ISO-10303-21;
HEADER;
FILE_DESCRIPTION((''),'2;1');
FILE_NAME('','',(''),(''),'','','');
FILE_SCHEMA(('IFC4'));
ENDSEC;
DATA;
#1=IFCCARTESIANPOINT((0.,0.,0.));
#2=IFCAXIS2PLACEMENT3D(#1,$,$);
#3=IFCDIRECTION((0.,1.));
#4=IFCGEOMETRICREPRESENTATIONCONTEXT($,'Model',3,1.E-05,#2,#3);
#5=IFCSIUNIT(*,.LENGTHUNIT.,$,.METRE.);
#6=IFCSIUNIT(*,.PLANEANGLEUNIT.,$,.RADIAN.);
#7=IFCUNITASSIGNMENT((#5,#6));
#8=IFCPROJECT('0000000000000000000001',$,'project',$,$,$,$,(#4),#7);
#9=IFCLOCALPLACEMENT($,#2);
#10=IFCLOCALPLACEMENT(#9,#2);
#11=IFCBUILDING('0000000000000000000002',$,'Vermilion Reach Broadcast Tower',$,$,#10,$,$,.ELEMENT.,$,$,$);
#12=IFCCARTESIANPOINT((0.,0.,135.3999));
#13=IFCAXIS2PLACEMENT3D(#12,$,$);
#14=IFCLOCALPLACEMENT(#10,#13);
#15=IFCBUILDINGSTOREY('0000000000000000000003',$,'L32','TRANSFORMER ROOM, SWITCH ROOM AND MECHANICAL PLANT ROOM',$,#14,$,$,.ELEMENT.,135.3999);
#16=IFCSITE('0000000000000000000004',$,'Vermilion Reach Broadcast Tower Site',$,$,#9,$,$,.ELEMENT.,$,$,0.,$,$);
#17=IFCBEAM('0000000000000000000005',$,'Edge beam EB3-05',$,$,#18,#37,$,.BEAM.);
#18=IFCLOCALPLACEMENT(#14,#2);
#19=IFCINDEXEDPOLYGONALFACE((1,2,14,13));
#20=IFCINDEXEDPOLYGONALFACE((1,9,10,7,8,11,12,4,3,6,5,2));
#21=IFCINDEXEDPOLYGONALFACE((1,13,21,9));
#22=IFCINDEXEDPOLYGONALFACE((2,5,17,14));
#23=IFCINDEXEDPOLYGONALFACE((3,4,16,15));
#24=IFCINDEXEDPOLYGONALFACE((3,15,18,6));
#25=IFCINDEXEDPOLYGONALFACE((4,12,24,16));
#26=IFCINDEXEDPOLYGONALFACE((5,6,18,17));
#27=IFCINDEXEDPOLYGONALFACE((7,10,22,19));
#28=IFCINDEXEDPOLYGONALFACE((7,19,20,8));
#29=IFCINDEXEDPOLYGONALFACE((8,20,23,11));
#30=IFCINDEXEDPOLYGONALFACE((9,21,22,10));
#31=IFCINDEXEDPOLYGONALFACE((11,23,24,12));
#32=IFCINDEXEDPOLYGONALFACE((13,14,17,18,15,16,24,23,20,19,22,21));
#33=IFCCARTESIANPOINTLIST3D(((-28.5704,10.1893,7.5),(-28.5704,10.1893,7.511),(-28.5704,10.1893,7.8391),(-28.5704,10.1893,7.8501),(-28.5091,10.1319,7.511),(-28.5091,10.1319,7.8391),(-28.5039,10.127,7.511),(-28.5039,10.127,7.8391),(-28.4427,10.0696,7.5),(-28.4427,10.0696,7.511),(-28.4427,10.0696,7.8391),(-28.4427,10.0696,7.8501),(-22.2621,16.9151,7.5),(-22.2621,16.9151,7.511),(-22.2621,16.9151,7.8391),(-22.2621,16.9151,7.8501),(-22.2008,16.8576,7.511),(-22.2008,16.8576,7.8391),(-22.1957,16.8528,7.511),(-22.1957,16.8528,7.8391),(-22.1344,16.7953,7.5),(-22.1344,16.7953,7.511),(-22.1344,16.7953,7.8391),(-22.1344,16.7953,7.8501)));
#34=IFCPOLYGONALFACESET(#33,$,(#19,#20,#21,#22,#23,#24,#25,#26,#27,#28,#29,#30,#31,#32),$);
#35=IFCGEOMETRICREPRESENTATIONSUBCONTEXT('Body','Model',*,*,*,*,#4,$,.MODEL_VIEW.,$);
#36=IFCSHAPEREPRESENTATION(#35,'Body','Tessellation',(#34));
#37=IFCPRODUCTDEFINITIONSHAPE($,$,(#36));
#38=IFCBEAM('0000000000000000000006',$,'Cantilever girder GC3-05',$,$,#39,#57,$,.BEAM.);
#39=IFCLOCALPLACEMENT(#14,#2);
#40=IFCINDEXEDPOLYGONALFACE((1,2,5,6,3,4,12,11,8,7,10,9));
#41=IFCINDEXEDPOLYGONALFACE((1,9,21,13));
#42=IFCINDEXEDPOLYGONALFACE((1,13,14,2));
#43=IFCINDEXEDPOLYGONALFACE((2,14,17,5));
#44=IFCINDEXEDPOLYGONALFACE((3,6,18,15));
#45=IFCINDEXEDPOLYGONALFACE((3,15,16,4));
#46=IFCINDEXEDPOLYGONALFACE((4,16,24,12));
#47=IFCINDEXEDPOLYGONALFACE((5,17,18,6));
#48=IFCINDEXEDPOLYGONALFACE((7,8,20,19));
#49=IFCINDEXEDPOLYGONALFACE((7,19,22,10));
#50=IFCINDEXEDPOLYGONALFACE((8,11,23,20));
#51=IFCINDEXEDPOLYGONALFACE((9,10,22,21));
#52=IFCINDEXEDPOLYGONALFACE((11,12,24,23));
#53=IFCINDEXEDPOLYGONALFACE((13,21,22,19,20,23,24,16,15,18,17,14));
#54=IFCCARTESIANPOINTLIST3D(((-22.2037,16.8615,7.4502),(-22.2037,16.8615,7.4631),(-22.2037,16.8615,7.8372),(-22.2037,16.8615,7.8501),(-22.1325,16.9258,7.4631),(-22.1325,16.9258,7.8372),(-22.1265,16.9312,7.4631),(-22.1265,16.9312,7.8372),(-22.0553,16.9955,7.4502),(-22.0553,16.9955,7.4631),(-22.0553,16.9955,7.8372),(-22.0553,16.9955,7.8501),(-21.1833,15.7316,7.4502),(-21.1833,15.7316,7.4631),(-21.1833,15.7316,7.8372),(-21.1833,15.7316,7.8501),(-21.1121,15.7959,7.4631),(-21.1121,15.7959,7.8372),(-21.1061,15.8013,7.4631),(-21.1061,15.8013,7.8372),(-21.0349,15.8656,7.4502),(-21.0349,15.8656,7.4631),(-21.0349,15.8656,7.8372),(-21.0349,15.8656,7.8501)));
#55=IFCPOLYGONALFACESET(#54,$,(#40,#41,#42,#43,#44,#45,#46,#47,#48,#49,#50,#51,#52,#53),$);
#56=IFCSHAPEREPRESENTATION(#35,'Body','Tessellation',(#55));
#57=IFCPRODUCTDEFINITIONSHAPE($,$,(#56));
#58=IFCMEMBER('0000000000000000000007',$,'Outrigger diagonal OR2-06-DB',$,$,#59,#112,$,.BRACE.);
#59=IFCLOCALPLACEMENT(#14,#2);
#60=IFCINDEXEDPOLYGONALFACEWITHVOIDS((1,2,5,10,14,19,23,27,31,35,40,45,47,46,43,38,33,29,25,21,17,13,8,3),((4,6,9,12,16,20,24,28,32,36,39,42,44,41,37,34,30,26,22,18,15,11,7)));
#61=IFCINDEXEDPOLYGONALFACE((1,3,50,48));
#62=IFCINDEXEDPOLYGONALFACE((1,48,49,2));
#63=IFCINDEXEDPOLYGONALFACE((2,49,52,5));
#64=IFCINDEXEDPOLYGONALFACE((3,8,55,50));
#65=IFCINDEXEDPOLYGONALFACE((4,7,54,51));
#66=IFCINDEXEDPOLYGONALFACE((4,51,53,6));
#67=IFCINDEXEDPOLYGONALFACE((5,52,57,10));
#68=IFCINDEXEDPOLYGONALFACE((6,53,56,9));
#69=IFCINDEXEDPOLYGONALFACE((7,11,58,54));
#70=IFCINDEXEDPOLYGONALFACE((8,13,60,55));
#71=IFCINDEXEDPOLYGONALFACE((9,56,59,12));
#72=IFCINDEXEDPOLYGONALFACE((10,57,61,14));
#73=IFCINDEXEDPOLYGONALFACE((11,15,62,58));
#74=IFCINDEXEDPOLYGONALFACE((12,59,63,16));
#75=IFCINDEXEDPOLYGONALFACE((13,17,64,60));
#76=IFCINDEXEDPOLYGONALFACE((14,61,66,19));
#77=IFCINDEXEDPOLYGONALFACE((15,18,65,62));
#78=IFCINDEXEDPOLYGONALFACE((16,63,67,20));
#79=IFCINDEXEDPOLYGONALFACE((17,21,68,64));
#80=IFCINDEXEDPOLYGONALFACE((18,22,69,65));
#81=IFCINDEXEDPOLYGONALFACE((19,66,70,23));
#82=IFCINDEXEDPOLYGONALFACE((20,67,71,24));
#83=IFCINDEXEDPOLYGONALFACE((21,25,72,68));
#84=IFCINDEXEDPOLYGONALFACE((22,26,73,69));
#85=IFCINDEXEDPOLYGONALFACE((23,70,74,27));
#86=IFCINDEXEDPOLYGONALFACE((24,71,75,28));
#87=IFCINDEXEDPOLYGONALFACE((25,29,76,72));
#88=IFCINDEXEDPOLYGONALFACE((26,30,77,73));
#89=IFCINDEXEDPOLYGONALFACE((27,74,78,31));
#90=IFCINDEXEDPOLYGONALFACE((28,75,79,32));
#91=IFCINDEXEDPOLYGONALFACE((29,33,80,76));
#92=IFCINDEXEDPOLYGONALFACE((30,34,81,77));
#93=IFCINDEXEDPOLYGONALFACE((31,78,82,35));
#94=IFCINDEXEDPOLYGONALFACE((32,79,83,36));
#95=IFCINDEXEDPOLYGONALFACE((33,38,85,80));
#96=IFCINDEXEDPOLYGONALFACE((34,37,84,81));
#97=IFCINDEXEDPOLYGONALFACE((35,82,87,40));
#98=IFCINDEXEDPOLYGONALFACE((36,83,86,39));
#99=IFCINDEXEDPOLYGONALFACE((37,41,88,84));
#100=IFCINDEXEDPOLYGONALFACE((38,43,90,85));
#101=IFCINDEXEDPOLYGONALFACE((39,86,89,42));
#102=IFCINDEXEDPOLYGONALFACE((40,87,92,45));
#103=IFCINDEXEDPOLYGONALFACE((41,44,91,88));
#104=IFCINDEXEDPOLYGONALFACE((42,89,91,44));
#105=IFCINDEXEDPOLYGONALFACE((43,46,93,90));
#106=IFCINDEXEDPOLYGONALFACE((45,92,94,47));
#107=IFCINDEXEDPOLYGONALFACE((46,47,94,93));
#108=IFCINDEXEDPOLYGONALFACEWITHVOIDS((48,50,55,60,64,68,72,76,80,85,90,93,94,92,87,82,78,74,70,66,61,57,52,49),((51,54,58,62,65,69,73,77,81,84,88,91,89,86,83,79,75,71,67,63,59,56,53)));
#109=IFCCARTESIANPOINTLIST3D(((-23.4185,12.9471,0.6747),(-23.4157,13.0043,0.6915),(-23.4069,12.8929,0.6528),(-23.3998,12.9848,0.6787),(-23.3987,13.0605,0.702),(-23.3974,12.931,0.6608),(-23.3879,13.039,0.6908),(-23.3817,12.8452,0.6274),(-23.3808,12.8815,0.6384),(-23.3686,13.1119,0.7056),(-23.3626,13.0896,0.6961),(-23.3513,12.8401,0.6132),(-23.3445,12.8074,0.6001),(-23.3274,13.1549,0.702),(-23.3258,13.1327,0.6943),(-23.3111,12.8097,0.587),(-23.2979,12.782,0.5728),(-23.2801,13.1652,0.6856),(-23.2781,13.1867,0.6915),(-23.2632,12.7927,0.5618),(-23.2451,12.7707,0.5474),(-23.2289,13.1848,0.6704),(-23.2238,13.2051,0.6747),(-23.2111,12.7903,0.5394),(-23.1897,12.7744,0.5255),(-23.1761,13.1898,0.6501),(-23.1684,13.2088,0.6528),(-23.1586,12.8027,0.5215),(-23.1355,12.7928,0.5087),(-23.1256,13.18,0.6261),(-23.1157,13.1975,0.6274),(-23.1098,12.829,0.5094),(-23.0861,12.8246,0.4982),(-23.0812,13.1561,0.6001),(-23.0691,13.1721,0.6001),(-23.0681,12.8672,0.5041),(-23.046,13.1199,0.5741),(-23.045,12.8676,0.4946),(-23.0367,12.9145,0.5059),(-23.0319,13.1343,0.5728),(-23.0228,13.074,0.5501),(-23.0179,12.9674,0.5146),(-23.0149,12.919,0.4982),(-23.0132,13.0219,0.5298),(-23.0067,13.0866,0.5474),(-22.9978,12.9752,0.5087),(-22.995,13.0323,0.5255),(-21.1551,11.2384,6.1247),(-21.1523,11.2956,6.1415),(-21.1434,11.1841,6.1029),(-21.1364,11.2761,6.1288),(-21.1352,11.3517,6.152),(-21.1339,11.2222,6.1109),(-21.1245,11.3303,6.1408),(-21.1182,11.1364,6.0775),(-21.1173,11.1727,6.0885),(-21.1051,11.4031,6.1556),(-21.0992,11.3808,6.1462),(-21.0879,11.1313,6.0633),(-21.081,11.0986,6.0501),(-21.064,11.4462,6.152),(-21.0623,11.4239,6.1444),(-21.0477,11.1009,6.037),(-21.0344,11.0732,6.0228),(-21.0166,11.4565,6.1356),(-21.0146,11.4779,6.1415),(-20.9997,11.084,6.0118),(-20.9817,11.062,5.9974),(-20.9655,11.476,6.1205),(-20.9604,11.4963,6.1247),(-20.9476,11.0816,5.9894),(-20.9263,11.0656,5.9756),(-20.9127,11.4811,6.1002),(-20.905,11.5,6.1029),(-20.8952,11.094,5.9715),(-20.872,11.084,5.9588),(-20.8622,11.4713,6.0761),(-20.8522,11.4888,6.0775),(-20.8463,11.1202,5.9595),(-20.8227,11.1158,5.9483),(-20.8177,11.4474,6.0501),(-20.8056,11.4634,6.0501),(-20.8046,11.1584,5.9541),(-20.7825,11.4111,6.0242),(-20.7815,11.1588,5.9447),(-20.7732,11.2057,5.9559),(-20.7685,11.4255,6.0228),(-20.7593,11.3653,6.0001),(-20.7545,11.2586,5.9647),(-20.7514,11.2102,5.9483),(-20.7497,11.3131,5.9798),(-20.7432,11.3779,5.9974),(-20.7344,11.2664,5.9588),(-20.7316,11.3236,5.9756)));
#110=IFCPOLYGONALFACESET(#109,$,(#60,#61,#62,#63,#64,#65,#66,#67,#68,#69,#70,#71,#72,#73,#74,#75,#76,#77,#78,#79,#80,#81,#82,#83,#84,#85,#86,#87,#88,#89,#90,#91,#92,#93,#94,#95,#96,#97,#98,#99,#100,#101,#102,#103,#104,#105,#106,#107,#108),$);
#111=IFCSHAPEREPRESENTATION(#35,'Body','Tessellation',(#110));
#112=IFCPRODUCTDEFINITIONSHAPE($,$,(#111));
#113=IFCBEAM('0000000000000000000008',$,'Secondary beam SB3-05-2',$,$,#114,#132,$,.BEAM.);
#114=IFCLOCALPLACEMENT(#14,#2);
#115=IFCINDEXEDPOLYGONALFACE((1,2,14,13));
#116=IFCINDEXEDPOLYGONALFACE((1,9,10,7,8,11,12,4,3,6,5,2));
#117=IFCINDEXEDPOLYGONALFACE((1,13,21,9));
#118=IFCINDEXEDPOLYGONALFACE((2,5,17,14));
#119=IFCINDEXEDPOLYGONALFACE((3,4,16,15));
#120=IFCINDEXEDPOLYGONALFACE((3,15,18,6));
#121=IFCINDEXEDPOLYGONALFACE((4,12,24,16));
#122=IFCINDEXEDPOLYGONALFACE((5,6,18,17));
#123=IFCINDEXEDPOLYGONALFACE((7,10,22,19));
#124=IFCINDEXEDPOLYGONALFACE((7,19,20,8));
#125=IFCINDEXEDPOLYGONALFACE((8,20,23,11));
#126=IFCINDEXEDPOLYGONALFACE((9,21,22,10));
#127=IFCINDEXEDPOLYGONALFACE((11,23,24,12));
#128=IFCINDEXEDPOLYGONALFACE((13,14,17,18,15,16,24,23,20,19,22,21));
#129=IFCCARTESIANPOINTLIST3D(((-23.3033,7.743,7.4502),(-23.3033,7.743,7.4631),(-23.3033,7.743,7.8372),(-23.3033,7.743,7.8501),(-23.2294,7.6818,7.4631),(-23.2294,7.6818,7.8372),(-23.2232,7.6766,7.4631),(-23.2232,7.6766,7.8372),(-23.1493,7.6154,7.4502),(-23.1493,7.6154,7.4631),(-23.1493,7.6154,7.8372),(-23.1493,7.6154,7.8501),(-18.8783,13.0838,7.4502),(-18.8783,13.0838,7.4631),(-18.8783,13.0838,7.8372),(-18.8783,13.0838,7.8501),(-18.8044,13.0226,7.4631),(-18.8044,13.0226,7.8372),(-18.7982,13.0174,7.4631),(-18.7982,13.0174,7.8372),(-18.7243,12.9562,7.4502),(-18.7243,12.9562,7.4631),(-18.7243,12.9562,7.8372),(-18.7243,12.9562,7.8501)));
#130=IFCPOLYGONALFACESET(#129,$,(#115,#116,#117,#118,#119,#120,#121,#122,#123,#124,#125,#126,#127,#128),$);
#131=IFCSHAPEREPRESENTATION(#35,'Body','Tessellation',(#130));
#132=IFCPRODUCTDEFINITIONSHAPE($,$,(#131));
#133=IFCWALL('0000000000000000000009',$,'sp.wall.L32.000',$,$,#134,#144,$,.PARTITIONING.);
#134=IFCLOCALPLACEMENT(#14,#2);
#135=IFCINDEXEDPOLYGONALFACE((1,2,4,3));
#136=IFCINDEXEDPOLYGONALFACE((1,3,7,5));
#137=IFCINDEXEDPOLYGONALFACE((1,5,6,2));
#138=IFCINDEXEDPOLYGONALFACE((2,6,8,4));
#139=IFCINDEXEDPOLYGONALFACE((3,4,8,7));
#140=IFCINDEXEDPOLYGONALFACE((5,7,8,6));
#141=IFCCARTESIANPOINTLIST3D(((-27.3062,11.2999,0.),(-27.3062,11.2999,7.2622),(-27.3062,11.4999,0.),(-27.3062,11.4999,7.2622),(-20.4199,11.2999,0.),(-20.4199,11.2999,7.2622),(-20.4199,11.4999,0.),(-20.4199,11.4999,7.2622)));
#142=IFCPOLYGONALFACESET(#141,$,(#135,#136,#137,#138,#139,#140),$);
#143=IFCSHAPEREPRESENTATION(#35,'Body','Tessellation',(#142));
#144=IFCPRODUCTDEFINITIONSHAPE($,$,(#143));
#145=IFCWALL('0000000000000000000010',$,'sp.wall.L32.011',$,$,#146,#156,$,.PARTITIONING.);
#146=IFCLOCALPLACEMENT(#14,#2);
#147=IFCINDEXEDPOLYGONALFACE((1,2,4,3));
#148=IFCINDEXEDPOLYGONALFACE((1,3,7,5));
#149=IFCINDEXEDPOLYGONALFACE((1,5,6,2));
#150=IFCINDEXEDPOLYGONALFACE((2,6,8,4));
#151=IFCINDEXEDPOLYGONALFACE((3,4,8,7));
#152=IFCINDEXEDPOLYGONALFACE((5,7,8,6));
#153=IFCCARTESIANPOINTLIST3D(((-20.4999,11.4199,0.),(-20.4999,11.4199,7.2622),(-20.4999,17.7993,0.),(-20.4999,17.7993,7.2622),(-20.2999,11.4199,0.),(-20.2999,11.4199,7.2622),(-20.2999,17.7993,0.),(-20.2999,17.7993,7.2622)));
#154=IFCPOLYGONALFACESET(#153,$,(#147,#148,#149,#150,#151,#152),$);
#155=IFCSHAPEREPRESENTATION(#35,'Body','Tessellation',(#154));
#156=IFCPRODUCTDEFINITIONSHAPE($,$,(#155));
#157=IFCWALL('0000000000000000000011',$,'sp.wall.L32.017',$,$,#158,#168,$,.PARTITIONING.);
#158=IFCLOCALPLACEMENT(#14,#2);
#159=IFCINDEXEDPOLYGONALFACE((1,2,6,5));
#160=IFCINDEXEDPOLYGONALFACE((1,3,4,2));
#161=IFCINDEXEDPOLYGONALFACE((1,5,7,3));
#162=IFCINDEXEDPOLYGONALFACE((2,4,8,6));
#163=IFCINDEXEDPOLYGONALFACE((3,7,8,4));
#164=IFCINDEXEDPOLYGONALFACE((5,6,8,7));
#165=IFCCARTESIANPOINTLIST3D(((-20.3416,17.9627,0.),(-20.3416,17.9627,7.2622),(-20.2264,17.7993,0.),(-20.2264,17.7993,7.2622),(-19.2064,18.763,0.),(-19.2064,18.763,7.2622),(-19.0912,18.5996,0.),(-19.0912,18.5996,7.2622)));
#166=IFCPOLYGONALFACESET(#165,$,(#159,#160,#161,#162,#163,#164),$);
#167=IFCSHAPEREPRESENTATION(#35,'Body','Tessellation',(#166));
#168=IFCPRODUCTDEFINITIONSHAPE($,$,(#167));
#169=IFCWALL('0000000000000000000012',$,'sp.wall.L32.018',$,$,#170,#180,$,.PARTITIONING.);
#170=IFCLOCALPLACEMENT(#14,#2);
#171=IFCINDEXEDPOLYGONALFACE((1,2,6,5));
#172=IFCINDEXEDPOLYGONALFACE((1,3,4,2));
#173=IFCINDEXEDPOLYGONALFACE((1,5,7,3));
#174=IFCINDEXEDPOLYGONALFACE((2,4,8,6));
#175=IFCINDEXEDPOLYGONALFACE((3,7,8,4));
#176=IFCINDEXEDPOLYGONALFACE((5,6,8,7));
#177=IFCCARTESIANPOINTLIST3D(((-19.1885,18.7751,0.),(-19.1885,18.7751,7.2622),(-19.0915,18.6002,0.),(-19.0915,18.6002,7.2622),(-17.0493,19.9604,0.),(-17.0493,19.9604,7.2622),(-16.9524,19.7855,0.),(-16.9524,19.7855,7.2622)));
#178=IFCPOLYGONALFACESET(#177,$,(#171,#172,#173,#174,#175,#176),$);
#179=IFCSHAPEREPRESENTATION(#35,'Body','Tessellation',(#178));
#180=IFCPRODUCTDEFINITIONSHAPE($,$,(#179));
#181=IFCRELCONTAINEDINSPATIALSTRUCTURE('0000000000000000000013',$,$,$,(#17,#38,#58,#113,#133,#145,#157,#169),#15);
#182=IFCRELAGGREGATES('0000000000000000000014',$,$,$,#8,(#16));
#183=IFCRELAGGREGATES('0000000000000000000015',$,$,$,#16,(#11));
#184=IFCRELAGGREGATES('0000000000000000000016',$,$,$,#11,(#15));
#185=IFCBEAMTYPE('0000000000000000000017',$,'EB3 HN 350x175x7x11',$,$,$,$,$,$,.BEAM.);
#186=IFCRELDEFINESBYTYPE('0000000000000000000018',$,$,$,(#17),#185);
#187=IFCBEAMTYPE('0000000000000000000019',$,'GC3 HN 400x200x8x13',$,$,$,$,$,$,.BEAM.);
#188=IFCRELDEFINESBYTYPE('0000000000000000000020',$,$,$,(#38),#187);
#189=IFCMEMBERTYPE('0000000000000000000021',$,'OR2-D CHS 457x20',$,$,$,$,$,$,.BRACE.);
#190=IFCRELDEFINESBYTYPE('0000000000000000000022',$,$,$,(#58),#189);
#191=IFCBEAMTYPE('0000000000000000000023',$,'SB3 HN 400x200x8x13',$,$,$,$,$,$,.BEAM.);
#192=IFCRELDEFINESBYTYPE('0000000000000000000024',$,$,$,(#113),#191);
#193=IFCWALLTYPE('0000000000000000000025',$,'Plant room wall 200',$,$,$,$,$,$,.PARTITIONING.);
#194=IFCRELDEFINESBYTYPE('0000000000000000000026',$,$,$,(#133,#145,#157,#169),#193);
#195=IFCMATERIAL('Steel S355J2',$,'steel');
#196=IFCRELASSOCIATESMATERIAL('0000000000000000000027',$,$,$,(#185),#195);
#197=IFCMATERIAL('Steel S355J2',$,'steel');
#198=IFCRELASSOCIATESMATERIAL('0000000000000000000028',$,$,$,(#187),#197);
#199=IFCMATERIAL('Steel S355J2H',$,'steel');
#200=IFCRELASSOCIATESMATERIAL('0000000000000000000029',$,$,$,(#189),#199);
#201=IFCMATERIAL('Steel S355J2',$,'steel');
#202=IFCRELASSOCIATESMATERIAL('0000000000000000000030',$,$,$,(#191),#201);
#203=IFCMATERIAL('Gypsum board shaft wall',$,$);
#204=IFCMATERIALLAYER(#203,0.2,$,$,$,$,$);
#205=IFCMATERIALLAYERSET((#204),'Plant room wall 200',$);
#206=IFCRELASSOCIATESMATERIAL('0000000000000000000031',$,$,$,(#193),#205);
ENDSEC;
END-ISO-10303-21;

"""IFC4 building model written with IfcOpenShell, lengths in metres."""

from ifc_helpers import new_model, si_unit, direction, frame, frame_2d, origin, origin_2d, place, context, subcontext, project, spatial, rectangle, hollow_circle, i_section, extrude, material, layer, layer_set, material_profile, profile_set, type_object, element, save


model = new_model("IFC4")

# Units and contexts
model_context = context("Model", 3, precision=1e-05, world=origin(), true_north=direction((0.0, 1.0)))
body_context = subcontext(model_context, "Body", "Model", "MODEL_VIEW")
ifc_project = project(units=[si_unit("LENGTHUNIT", "METRE"), si_unit("PLANEANGLEUNIT", "RADIAN")], contexts=[model_context])

# Site, building, storey
site_placement = place(None, origin())
site = spatial("IfcSite", under=ifc_project, at=site_placement, Name="Vermilion Reach Broadcast Tower Site", CompositionType="ELEMENT", RefElevation=0.0)
building_placement = place(site_placement, origin())
building = spatial("IfcBuilding", under=site, at=building_placement, Name="Vermilion Reach Broadcast Tower", CompositionType="ELEMENT")
storey_placement = place(building_placement, frame((0.0, 0.0, 135.3999)))
storey = spatial("IfcBuildingStorey", under=building, at=storey_placement, Name="L32", Description="TRANSFORMER ROOM, SWITCH ROOM AND MECHANICAL PLANT ROOM", CompositionType="ELEMENT", Elevation=135.3999)

# Beams
ifc_material_1 = material(Name="Steel S355J2", Category="steel")
ifc_material_profile_1 = material_profile(ifc_material_1, i_section(OverallWidth=0.175, OverallDepth=0.3501, WebThickness=0.0071, FlangeThickness=0.011, at=origin_2d()), Name="S355J2 HN 350x175x7x11")
ifc_profile_set_1 = profile_set([ifc_material_profile_1], Name="Steel S355J2")
beam_type_1 = type_object("IfcBeamType", Name="EB3 HN 350x175x7x11", PredefinedType="BEAM", material=ifc_profile_set_1)
beam_1_placement = place(storey_placement, frame((-22.1982, 16.8552, 7.675), z_axis=(-0.684108, -0.729381, 0.0), x_axis=(0.729381, -0.684108, 0.0)))
element("IfcBeam", 1, at=beam_1_placement, inside=storey, type_object=beam_type_1, Name="Edge beam EB3-05", PredefinedType="BEAM", context=body_context, shape_type="SweptSolid", body=[
    extrude(i_section(OverallWidth=0.175, OverallDepth=0.3501, WebThickness=0.0071, FlangeThickness=0.011, at=origin_2d()), origin(), (0.0, 0.0, 1.0), 9.2212),
])
ifc_material_2 = material(Name="Steel S355J2", Category="steel")
ifc_material_profile_2 = material_profile(ifc_material_2, i_section(OverallWidth=0.2, OverallDepth=0.3999, WebThickness=0.0081, FlangeThickness=0.0129, at=origin_2d()), Name="S355J2 HN 400x200x8x13")
ifc_profile_set_2 = profile_set([ifc_material_profile_2], Name="Steel S355J2")
beam_type_2 = type_object("IfcBeamType", Name="GC3 HN 400x200x8x13", PredefinedType="BEAM", material=ifc_profile_set_2)
beam_2_placement = place(storey_placement, frame((-21.1091, 15.7986, 7.6501), z_axis=(-0.670187, 0.742193, 0.0), x_axis=(-0.742193, -0.670187, 0.0)))
element("IfcBeam", 2, at=beam_2_placement, inside=storey, type_object=beam_type_2, Name="Cantilever girder GC3-05", PredefinedType="BEAM", context=body_context, shape_type="SweptSolid", body=[
    extrude(i_section(OverallWidth=0.2, OverallDepth=0.3999, WebThickness=0.0081, FlangeThickness=0.0129, at=origin_2d()), origin(), (0.0, 0.0, 1.0), 1.5225),
])

# Member
ifc_material_3 = material(Name="Steel S355J2H", Category="steel")
ifc_material_profile_3 = material_profile(ifc_material_3, hollow_circle(Radius=0.2285, WallThickness=0.02, at=origin_2d()), Name="S355J2H CHS 457x20")
ifc_profile_set_3 = profile_set([ifc_material_profile_3], Name="Steel S355J2H")
member_type_1 = type_object("IfcMemberType", Name="OR2-D CHS 457x20", PredefinedType="BRACE", material=ifc_profile_set_3)
member_1_placement = place(storey_placement, frame((-23.2068, 12.9897, 0.6001), z_axis=(0.368415, -0.27813, 0.887082), x_axis=(0.602518, 0.798106, 0.0)))
element("IfcMember", 3, at=member_1_placement, inside=storey, type_object=member_type_1, Name="Outrigger diagonal OR2-06-DB", PredefinedType="BRACE", context=body_context, shape_type="SweptSolid", body=[
    extrude(hollow_circle(Radius=0.2285, WallThickness=0.02, at=origin_2d()), origin(), (0.0, 0.0, 1.0), 6.1438),
])

# Beam
ifc_material_4 = material(Name="Steel S355J2", Category="steel")
ifc_material_profile_4 = material_profile(ifc_material_4, i_section(OverallWidth=0.2, OverallDepth=0.3999, WebThickness=0.0081, FlangeThickness=0.0129, at=origin_2d()), Name="S355J2 HN 400x200x8x13")
ifc_profile_set_4 = profile_set([ifc_material_profile_4], Name="Steel S355J2")
beam_type_3 = type_object("IfcBeamType", Name="SB3 HN 400x200x8x13", PredefinedType="BEAM", material=ifc_profile_set_4)
beam_3_placement = place(storey_placement, frame((-18.8013, 13.02, 7.6501), z_axis=(-0.638001, -0.770036, 0.0), x_axis=(0.770036, -0.638001, 0.0)))
element("IfcBeam", 4, at=beam_3_placement, inside=storey, type_object=beam_type_3, Name="Secondary beam SB3-05-2", PredefinedType="BEAM", context=body_context, shape_type="SweptSolid", body=[
    extrude(i_section(OverallWidth=0.2, OverallDepth=0.3999, WebThickness=0.0081, FlangeThickness=0.0129, at=origin_2d()), origin(), (0.0, 0.0, 1.0), 6.9358),
])

# Walls
ifc_material_5 = material(Name="Gypsum board shaft wall")
ifc_layer = layer(ifc_material_5, 0.2)
ifc_layer_set = layer_set([ifc_layer], Name="Plant room wall 200")
wall_type = type_object("IfcWallType", Name="Plant room wall 200", PredefinedType="PARTITIONING", material=ifc_layer_set)
wall_1_placement = place(storey_placement, frame((-27.3062, 11.3999, 0.0), z_axis=(0.0, 0.0, 1.0), x_axis=(1.0, 0.0, 0.0)))
element("IfcWall", 5, at=wall_1_placement, inside=storey, type_object=wall_type, Name="sp.wall.L32.000", PredefinedType="PARTITIONING", context=body_context, shape_type="SweptSolid", body=[
    extrude(rectangle(XDim=6.8862, YDim=0.2, at=frame_2d((3.4431, 0.0))), origin(), (0.0, 0.0, 1.0), 7.2622),
])
wall_2_placement = place(storey_placement, frame((-20.3999, 11.4199, 0.0), z_axis=(0.0, 0.0, 1.0), x_axis=(0.0, 1.0, 0.0)))
element("IfcWall", 6, at=wall_2_placement, inside=storey, type_object=wall_type, Name="sp.wall.L32.011", PredefinedType="PARTITIONING", context=body_context, shape_type="SweptSolid", body=[
    extrude(rectangle(XDim=6.3794, YDim=0.2, at=frame_2d((3.1897, 0.0))), origin(), (0.0, 0.0, 1.0), 7.2622),
])
wall_3_placement = place(storey_placement, frame((-20.2839, 17.8811, 0.0), z_axis=(0.0, 0.0, 1.0), x_axis=(0.817328, 0.576172, 0.0)))
element("IfcWall", 7, at=wall_3_placement, inside=storey, type_object=wall_type, Name="sp.wall.L32.017", PredefinedType="PARTITIONING", context=body_context, shape_type="SweptSolid", body=[
    extrude(rectangle(XDim=1.3889, YDim=0.2, at=frame_2d((0.6943, 0.0))), origin(), (0.0, 0.0, 1.0), 7.2622),
])
wall_4_placement = place(storey_placement, frame((-19.1399, 18.6877, 0.0), z_axis=(0.0, 0.0, 1.0), x_axis=(0.874698, 0.484668, 0.0)))
element("IfcWall", 8, at=wall_4_placement, inside=storey, type_object=wall_type, Name="sp.wall.L32.018", PredefinedType="PARTITIONING", context=body_context, shape_type="SweptSolid", body=[
    extrude(rectangle(XDim=2.4456, YDim=0.2, at=frame_2d((1.2227, 0.0))), origin(), (0.0, 0.0, 1.0), 7.2622),
])

save(model, "model.ifc")
